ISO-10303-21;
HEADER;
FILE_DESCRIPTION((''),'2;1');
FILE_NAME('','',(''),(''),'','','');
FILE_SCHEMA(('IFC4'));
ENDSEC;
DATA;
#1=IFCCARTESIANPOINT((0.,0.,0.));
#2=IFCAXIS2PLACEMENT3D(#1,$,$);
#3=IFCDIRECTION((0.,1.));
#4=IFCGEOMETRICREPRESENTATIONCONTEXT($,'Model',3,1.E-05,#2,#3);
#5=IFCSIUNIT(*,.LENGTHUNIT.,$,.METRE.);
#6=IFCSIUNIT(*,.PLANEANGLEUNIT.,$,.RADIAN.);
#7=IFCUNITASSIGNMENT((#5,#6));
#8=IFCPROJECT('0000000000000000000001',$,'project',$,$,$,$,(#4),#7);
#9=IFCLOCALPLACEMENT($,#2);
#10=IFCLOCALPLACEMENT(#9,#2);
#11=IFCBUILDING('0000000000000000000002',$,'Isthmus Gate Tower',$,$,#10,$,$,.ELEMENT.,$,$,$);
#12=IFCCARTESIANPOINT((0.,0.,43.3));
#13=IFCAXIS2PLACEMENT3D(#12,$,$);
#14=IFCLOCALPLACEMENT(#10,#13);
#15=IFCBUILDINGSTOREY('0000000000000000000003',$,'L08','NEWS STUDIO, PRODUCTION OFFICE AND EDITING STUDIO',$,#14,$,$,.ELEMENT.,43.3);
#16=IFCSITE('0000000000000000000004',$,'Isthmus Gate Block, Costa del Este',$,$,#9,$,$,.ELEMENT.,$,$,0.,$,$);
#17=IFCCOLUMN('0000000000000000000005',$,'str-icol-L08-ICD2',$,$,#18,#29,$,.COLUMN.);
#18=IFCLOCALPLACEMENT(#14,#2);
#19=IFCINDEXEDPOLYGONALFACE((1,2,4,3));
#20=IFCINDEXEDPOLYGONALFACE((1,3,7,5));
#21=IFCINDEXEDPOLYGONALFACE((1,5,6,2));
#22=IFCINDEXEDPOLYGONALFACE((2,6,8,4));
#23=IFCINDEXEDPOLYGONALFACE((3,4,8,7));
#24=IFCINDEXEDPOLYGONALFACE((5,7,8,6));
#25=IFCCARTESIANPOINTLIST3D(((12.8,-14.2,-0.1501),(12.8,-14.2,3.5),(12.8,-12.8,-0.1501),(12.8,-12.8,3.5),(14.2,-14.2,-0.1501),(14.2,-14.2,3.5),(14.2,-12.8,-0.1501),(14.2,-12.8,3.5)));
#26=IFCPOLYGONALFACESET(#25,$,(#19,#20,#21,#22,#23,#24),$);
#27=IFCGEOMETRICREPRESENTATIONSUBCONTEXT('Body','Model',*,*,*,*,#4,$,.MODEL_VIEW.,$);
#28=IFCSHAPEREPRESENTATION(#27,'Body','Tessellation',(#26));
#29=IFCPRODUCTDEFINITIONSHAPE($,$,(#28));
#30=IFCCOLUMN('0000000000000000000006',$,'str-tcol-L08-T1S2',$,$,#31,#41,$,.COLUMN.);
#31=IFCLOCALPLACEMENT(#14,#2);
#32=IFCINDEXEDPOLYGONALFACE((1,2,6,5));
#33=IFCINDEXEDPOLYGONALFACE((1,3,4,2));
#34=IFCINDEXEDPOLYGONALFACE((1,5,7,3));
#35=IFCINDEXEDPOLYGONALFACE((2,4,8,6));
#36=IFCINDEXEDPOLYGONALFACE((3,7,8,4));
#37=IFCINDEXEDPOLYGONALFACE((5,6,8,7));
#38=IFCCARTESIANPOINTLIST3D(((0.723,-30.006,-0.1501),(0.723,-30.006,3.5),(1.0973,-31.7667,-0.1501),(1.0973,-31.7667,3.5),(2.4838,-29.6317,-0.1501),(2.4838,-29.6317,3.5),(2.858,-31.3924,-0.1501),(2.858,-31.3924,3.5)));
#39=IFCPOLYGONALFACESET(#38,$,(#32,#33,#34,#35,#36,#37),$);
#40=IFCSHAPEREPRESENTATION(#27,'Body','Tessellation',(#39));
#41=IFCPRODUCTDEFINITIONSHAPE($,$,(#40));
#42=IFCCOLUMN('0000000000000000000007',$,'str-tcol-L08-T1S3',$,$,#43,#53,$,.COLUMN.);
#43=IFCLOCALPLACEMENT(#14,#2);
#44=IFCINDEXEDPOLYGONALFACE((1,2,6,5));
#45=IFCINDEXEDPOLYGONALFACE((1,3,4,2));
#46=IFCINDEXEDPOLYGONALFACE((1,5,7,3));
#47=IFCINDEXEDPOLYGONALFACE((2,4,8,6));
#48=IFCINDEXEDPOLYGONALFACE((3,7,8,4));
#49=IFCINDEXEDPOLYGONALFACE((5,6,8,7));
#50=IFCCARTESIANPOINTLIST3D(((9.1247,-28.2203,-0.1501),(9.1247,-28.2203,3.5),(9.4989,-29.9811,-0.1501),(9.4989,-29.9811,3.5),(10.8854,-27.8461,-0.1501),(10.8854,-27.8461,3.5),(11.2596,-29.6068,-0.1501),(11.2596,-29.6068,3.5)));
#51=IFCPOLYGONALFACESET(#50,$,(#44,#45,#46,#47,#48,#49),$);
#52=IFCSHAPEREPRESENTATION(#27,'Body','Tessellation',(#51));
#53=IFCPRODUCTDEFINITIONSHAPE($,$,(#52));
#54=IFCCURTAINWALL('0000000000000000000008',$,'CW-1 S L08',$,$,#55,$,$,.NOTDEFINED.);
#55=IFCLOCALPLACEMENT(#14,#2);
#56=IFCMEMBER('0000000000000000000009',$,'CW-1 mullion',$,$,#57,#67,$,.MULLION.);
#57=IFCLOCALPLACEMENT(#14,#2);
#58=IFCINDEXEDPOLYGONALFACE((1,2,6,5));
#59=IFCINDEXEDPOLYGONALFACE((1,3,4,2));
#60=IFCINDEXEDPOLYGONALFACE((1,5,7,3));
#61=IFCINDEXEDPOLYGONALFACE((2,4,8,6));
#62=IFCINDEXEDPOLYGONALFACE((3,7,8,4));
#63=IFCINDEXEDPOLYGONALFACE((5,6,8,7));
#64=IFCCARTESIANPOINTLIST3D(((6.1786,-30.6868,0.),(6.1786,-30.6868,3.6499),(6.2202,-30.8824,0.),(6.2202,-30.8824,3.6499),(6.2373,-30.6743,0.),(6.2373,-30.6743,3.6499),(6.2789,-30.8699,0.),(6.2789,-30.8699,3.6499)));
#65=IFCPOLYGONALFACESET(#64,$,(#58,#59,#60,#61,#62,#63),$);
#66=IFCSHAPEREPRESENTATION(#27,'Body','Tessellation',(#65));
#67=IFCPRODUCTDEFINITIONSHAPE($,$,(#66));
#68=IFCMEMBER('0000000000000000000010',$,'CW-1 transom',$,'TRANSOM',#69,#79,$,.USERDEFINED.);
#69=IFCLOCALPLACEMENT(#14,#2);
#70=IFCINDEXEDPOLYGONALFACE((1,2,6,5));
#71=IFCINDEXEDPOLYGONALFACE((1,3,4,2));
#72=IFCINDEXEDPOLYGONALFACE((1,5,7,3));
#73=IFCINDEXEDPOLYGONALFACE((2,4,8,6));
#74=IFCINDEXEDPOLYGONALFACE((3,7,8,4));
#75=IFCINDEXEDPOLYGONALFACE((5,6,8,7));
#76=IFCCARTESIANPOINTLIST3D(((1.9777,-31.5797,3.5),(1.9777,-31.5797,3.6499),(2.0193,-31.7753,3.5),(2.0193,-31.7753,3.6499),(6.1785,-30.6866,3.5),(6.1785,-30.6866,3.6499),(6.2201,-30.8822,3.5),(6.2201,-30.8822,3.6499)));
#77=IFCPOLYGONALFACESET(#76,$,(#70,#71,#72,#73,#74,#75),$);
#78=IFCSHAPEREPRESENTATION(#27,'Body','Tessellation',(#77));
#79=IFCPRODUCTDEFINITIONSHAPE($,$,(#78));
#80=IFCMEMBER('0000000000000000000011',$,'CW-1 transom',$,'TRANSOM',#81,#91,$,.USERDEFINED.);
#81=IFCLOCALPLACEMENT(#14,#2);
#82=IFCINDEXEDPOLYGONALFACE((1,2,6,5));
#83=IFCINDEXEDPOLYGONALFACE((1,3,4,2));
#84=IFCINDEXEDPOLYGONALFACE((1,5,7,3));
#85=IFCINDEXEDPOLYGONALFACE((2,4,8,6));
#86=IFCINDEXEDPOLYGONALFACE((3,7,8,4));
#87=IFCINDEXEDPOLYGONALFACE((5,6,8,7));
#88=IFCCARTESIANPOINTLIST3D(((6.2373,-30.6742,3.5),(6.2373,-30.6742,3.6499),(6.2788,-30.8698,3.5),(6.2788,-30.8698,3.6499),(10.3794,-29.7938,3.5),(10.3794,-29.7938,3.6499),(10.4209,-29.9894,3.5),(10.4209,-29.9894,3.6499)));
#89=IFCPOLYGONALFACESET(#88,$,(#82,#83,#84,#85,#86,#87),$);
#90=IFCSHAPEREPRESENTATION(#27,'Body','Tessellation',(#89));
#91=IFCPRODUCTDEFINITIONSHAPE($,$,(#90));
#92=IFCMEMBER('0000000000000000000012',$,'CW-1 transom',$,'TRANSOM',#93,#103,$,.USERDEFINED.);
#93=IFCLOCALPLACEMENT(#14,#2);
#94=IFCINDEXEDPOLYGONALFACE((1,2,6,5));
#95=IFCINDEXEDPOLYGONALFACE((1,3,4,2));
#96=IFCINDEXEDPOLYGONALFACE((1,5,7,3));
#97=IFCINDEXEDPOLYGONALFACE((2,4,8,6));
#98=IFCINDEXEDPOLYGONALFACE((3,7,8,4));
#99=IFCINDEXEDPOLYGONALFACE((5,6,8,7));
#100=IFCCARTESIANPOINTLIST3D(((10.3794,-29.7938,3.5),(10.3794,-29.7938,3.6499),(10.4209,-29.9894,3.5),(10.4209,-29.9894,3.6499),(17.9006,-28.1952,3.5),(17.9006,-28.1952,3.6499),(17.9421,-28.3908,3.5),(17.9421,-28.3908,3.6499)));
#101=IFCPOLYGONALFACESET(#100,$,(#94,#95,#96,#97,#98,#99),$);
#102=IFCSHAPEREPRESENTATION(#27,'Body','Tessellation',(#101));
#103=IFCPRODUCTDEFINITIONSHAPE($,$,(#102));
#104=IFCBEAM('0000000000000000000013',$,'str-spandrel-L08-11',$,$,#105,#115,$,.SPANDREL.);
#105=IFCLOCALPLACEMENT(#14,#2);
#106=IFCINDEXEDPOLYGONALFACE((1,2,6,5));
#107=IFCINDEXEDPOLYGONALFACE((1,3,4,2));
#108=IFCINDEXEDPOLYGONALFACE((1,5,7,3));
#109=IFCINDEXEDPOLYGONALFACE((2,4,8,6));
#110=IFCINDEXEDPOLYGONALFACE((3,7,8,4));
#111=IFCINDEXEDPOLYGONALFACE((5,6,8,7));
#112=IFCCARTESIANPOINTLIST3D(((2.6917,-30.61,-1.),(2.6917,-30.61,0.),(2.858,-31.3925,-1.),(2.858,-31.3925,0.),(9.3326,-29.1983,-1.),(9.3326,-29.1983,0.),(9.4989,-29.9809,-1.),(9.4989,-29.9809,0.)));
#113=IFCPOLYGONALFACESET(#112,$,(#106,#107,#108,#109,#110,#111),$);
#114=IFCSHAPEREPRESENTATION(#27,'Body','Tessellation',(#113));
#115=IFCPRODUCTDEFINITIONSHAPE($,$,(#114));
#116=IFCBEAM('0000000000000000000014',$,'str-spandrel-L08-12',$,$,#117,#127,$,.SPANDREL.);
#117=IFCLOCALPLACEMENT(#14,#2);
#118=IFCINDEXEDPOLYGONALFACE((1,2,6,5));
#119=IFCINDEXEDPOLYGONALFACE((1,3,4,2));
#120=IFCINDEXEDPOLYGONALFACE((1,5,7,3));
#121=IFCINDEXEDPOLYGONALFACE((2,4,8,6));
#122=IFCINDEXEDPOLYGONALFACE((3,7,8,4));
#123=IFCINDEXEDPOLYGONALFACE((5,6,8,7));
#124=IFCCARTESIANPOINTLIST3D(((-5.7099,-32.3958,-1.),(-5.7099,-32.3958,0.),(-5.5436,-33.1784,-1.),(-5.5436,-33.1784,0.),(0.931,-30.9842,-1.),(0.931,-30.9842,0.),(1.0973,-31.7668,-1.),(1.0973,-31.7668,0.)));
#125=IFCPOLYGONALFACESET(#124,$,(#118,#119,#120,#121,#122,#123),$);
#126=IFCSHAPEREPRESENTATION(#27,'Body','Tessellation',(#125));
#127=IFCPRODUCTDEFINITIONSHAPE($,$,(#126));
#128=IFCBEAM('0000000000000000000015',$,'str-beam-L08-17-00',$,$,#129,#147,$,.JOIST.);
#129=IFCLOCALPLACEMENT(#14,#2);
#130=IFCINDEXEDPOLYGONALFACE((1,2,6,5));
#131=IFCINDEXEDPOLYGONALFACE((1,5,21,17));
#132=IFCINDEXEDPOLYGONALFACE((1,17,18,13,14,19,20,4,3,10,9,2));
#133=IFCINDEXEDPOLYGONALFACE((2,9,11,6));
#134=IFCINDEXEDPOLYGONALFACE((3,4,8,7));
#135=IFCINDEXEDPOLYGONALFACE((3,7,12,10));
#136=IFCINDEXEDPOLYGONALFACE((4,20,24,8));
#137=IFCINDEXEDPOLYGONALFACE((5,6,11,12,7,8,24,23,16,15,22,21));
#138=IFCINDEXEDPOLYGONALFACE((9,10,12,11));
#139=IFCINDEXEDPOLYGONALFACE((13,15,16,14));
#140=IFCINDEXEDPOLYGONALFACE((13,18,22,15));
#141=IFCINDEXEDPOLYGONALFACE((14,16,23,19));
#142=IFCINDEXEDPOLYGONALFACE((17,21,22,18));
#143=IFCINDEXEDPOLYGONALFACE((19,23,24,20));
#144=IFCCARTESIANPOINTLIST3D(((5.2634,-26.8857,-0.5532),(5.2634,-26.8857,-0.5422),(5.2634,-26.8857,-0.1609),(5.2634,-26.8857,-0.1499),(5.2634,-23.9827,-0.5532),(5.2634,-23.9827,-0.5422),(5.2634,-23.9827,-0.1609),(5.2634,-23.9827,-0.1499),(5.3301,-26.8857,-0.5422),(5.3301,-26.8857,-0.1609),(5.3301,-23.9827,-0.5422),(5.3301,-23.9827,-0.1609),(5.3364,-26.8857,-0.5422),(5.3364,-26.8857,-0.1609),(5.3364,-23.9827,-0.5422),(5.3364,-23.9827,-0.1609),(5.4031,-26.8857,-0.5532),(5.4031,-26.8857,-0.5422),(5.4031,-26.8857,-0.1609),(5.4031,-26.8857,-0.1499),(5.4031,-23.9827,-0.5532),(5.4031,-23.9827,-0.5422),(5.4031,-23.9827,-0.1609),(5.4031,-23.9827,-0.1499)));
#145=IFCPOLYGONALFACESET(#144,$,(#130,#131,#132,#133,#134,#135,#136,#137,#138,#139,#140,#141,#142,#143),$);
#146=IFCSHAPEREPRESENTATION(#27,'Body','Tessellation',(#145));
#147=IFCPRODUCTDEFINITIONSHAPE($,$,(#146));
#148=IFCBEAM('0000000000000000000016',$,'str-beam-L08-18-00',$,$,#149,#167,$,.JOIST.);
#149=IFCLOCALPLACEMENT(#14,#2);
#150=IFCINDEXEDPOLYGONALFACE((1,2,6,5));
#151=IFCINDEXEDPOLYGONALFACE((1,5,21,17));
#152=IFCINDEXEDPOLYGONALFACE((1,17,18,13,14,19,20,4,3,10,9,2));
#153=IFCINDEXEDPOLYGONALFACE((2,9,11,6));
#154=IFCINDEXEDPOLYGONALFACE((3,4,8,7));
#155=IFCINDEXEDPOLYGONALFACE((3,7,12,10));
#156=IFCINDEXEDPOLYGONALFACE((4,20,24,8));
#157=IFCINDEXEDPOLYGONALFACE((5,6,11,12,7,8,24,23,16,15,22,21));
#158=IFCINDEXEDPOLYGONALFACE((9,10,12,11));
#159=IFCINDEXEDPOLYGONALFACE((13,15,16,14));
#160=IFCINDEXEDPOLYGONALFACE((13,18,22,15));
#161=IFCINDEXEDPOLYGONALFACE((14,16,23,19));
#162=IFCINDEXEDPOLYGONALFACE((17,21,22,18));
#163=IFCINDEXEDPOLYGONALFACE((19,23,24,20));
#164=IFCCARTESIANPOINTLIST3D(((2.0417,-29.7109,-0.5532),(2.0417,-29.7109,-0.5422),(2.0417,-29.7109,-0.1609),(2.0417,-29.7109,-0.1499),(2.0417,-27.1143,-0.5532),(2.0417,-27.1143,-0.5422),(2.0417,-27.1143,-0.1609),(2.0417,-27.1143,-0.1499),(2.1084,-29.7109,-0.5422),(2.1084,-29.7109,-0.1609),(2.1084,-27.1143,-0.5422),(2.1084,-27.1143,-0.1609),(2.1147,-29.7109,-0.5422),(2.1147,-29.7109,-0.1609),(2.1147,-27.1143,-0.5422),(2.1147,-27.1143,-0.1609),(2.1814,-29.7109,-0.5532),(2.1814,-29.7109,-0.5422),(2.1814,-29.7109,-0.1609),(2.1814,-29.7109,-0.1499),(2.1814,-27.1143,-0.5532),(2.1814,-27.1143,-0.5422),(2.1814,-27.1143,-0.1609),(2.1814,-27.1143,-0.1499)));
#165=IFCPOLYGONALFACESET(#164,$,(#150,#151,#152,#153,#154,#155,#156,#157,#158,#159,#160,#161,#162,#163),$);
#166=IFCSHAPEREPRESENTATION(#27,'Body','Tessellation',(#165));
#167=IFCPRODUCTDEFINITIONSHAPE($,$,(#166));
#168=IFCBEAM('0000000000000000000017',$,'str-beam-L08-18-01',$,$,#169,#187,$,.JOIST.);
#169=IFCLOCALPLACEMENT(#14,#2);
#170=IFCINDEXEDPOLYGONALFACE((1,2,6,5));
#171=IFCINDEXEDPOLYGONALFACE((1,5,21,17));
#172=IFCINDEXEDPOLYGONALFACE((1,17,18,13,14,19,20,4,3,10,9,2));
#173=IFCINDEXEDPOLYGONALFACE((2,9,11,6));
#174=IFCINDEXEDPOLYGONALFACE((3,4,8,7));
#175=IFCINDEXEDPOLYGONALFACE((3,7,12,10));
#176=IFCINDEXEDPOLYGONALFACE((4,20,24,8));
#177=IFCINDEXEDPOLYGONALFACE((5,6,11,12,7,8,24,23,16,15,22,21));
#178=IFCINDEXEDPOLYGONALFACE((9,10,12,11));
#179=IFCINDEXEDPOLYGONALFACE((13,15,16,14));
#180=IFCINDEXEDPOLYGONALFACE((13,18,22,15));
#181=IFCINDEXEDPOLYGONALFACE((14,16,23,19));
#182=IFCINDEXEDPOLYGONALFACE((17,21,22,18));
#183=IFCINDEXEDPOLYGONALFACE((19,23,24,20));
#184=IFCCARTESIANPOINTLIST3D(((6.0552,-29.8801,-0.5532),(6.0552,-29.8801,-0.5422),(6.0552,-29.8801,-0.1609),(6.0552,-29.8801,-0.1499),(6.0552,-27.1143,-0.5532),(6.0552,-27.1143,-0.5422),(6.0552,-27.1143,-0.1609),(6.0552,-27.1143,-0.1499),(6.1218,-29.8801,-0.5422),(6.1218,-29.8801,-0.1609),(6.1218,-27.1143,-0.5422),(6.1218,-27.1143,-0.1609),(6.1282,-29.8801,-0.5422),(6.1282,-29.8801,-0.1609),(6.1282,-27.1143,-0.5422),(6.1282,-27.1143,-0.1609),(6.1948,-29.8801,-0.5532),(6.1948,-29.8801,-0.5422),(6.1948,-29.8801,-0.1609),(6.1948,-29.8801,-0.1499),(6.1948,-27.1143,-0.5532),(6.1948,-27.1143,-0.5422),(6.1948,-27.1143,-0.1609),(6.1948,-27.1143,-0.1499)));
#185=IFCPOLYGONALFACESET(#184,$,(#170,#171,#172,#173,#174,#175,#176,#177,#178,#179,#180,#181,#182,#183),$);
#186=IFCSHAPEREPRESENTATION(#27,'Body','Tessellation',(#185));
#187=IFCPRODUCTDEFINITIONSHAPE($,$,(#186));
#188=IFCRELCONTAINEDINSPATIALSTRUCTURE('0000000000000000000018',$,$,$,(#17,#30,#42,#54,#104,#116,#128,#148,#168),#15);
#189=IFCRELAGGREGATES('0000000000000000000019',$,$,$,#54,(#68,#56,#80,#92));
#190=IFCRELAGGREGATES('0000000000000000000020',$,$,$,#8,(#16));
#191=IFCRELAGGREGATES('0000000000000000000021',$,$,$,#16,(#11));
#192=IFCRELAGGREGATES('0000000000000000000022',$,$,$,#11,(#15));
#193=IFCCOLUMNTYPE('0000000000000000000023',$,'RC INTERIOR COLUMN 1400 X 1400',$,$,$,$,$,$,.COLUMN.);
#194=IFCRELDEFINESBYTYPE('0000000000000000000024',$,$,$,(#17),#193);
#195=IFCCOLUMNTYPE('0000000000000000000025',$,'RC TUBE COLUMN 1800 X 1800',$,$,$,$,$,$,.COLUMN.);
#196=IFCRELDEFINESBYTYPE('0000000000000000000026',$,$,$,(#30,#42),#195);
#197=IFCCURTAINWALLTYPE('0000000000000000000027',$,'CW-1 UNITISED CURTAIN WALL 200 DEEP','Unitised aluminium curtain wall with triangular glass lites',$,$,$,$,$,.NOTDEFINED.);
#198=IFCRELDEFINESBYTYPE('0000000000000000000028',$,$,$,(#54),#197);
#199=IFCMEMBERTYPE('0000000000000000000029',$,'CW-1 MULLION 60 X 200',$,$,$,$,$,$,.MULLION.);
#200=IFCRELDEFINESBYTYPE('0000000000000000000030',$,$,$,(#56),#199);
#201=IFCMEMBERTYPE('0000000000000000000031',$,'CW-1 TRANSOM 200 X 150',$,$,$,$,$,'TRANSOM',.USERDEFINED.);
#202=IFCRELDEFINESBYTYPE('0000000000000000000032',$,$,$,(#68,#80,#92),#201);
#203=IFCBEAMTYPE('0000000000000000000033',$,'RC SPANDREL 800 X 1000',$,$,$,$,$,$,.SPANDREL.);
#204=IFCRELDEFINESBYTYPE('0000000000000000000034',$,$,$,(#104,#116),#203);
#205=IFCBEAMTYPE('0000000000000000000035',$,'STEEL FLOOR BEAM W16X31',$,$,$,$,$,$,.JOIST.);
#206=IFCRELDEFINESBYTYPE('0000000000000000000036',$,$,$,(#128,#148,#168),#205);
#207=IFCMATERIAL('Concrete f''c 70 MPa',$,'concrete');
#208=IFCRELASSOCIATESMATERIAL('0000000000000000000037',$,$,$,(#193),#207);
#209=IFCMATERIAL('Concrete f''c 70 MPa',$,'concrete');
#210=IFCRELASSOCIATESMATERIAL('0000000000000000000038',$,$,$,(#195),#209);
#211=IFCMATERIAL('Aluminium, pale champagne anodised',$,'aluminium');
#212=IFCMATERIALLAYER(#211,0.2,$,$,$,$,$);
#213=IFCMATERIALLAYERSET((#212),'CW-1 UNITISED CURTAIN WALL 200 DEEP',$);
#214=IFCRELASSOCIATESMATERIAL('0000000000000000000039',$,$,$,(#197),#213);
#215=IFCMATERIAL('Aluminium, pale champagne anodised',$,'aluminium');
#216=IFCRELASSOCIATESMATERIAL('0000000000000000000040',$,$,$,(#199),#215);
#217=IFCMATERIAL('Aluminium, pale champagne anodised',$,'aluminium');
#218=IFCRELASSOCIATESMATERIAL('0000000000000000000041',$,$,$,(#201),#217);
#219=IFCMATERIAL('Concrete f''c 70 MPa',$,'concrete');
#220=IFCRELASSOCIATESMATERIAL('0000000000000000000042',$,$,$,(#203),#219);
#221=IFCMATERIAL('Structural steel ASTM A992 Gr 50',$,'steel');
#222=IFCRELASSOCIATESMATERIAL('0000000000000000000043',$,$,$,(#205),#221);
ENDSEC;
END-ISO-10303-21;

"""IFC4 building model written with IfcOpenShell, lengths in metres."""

from ifc_helpers import new_model, si_unit, direction, frame, origin, origin_2d, place, context, subcontext, project, spatial, rectangle, i_section, extrude, material, layer, layer_set, material_profile, profile_set, type_object, element, aggregate, save


model = new_model("IFC4")

# Units and contexts
model_context = context("Model", 3, precision=1e-05, world=origin(), true_north=direction((0.0, 1.0)))
body_context = subcontext(model_context, "Body", "Model", "MODEL_VIEW")
ifc_project = project(units=[si_unit("LENGTHUNIT", "METRE"), si_unit("PLANEANGLEUNIT", "RADIAN")], contexts=[model_context])

# Site, building, storey
site_placement = place(None, origin())
site = spatial("IfcSite", under=ifc_project, at=site_placement, Name="Isthmus Gate Block, Costa del Este", CompositionType="ELEMENT", RefElevation=0.0)
building_placement = place(site_placement, origin())
building = spatial("IfcBuilding", under=site, at=building_placement, Name="Isthmus Gate Tower", CompositionType="ELEMENT")
storey_placement = place(building_placement, frame((0.0, 0.0, 43.3)))
storey = spatial("IfcBuildingStorey", under=building, at=storey_placement, Name="L08", Description="NEWS STUDIO, PRODUCTION OFFICE AND EDITING STUDIO", CompositionType="ELEMENT", Elevation=43.3)

# Columns
ifc_material_1 = material(Name="Concrete f'c 70 MPa", Category="concrete")
ifc_material_profile_1 = material_profile(ifc_material_1, rectangle(XDim=1.3999, YDim=1.3999, at=origin_2d()), Name="RC 1400X1400")
ifc_profile_set_1 = profile_set([ifc_material_profile_1], Name="Concrete f'c 70 MPa")
column_type_1 = type_object("IfcColumnType", Name="RC INTERIOR COLUMN 1400 X 1400", PredefinedType="COLUMN", material=ifc_profile_set_1)
column_placement = place(storey_placement, frame((13.5, -13.5, -0.1501), z_axis=(0.0, 0.0, 1.0), x_axis=(1.0, 0.0, 0.0)))
element("IfcColumn", 1, at=column_placement, inside=storey, type_object=column_type_1, Name="str-icol-L08-ICD2", PredefinedType="COLUMN", context=body_context, shape_type="SweptSolid", body=[
    extrude(rectangle(XDim=1.3999, YDim=1.3999, at=origin_2d()), origin(), (0.0, 0.0, 1.0), 3.6501),
])
ifc_material_2 = material(Name="Concrete f'c 70 MPa", Category="concrete")
ifc_material_profile_2 = material_profile(ifc_material_2, rectangle(XDim=1.8, YDim=1.8, at=origin_2d()), Name="RC 1800X1800")
ifc_profile_set_2 = profile_set([ifc_material_profile_2], Name="Concrete f'c 70 MPa")
column_type_2 = type_object("IfcColumnType", Name="RC TUBE COLUMN 1800 X 1800", PredefinedType="COLUMN", material=ifc_profile_set_2)
for number, where, z_axis, x_axis, name in (
    (2, (1.7905, -30.6992, -0.1501), (0.0, 0.0, 1.0), (0.978148, 0.207912, 0.0), "str-tcol-L08-T1S2"),
    (3, (10.1921, -28.9136, -0.1501), (0.0, 0.0, 1.0), (0.978148, 0.207912, 0.0), "str-tcol-L08-T1S3"),
):
    element("IfcColumn", number, at=place(storey_placement, frame(where, z_axis=z_axis, x_axis=x_axis)), inside=storey, type_object=column_type_2, Name=name, PredefinedType="COLUMN", context=body_context, shape_type="SweptSolid", body=[
        extrude(rectangle(XDim=1.8, YDim=1.8, at=origin_2d()), origin(), (0.0, 0.0, 1.0), 3.6501),
    ])

# Curtain wall, members
ifc_material_3 = material(Name="Aluminium, pale champagne anodised", Category="aluminium")
ifc_layer_1 = layer(ifc_material_3, 0.2)
ifc_layer_set_1 = layer_set([ifc_layer_1], Name="CW-1 UNITISED CURTAIN WALL 200 DEEP")
curtain_wall_type = type_object("IfcCurtainWallType", Name="CW-1 UNITISED CURTAIN WALL 200 DEEP", Description="Unitised aluminium curtain wall with triangular glass lites", PredefinedType="NOTDEFINED", material=ifc_layer_set_1)
curtain_wall_placement = place(storey_placement, origin())
curtain_wall = element("IfcCurtainWall", 4, at=curtain_wall_placement, inside=storey, type_object=curtain_wall_type, Name="CW-1 S L08", PredefinedType="NOTDEFINED")
ifc_material_4 = material(Name="Aluminium, pale champagne anodised", Category="aluminium")
ifc_material_profile_3 = material_profile(ifc_material_4, rectangle(XDim=0.0601, YDim=0.2, at=origin_2d()), Name="60x200")
ifc_profile_set_3 = profile_set([ifc_material_profile_3], Name="Aluminium, pale champagne anodised")
member_type_1 = type_object("IfcMemberType", Name="CW-1 MULLION 60 X 200", PredefinedType="MULLION", material=ifc_profile_set_3)
member_1_placement = place(storey_placement, frame((6.2288, -30.7783, 0.0), z_axis=(0.0, 0.0, 1.0), x_axis=(0.978148, 0.207912, 0.0)))
member_1 = element("IfcMember", 5, at=member_1_placement, type_object=member_type_1, Name="CW-1 mullion", PredefinedType="MULLION", context=body_context, shape_type="SweptSolid", body=[
    extrude(rectangle(XDim=0.0601, YDim=0.2, at=origin_2d()), origin(), (0.0, 0.0, 1.0), 3.6499),
])
ifc_material_5 = material(Name="Aluminium, pale champagne anodised", Category="aluminium")
ifc_material_profile_4 = material_profile(ifc_material_5, rectangle(XDim=0.2, YDim=0.1499, at=origin_2d()), Name="200x150")
ifc_profile_set_4 = profile_set([ifc_material_profile_4], Name="Aluminium, pale champagne anodised")
member_type_2 = type_object("IfcMemberType", Name="CW-1 TRANSOM 200 X 150", ElementType="TRANSOM", PredefinedType="USERDEFINED", material=ifc_profile_set_4)
member_2_placement = place(storey_placement, frame((1.9985, -31.6775, 3.575), z_axis=(0.978139, 0.207953, 0.0), x_axis=(-0.207953, 0.978139, 0.0)))
member_2 = element("IfcMember", 6, at=member_2_placement, type_object=member_type_2, Name="CW-1 transom", ObjectType="TRANSOM", PredefinedType="USERDEFINED", context=body_context, shape_type="SweptSolid", body=[
    extrude(rectangle(XDim=0.2, YDim=0.1499, at=origin_2d()), origin(), (0.0, 0.0, 1.0), 4.2947),
])
member_3_placement = place(storey_placement, frame((6.2581, -30.772, 3.575), z_axis=(0.97815, 0.207899, 0.0), x_axis=(-0.207899, 0.97815, 0.0)))
member_3 = element("IfcMember", 7, at=member_3_placement, type_object=member_type_2, Name="CW-1 transom", ObjectType="TRANSOM", PredefinedType="USERDEFINED", context=body_context, shape_type="SweptSolid", body=[
    extrude(rectangle(XDim=0.2, YDim=0.1499, at=origin_2d()), origin(), (0.0, 0.0, 1.0), 4.2346),
])
member_4_placement = place(storey_placement, frame((10.4001, -29.8916, 3.575), z_axis=(0.978149, 0.207905, 0.0), x_axis=(-0.207905, 0.978149, 0.0)))
member_4 = element("IfcMember", 8, at=member_4_placement, type_object=member_type_2, Name="CW-1 transom", ObjectType="TRANSOM", PredefinedType="USERDEFINED", context=body_context, shape_type="SweptSolid", body=[
    extrude(rectangle(XDim=0.2, YDim=0.1499, at=origin_2d()), origin(), (0.0, 0.0, 1.0), 7.6892),
])

# Beams
ifc_material_6 = material(Name="Concrete f'c 70 MPa", Category="concrete")
ifc_material_profile_5 = material_profile(ifc_material_6, rectangle(XDim=0.8, YDim=1.0, at=origin_2d()), Name="RC 800X1000")
ifc_profile_set_5 = profile_set([ifc_material_profile_5], Name="Concrete f'c 70 MPa")
beam_type_1 = type_object("IfcBeamType", Name="RC SPANDREL 800 X 1000", PredefinedType="SPANDREL", material=ifc_profile_set_5)
for number, where, z_axis, x_axis, name in (
    (9, (9.4158, -29.5896, -0.5), (-0.978146, -0.20792, 0.0), (0.20792, -0.978146, 0.0), "str-spandrel-L08-11"),
    (10, (1.0142, -31.3755, -0.5), (-0.978146, -0.20792, 0.0), (0.20792, -0.978146, 0.0), "str-spandrel-L08-12"),
):
    element("IfcBeam", number, at=place(storey_placement, frame(where, z_axis=z_axis, x_axis=x_axis)), inside=storey, type_object=beam_type_1, Name=name, PredefinedType="SPANDREL", context=body_context, shape_type="SweptSolid", body=[
        extrude(rectangle(XDim=0.8, YDim=1.0, at=origin_2d()), origin(), (0.0, 0.0, 1.0), 6.7893),
    ])
ifc_material_7 = material(Name="Structural steel ASTM A992 Gr 50", Category="steel")
ifc_material_profile_6 = material_profile(ifc_material_7, i_section(OverallWidth=0.1396, OverallDepth=0.4033, WebThickness=0.0063, FlangeThickness=0.011, at=origin_2d()), Name="W16X31")
ifc_profile_set_6 = profile_set([ifc_material_profile_6], Name="Structural steel ASTM A992 Gr 50")
beam_type_2 = type_object("IfcBeamType", Name="STEEL FLOOR BEAM W16X31", PredefinedType="JOIST", material=ifc_profile_set_6)
beam_1_placement = place(storey_placement, frame((5.3333, -26.8857, -0.3516), z_axis=(0.0, 1.0, 0.0), x_axis=(-1.0, 0.0, 0.0)))
element("IfcBeam", 11, at=beam_1_placement, inside=storey, type_object=beam_type_2, Name="str-beam-L08-17-00", PredefinedType="JOIST", context=body_context, shape_type="SweptSolid", body=[
    extrude(i_section(OverallWidth=0.1396, OverallDepth=0.4033, WebThickness=0.0063, FlangeThickness=0.011, at=origin_2d()), origin(), (0.0, 0.0, 1.0), 2.9031),
])
beam_2_placement = place(storey_placement, frame((2.1116, -29.7109, -0.3516), z_axis=(0.0, 1.0, 0.0), x_axis=(-1.0, 0.0, 0.0)))
element("IfcBeam", 12, at=beam_2_placement, inside=storey, type_object=beam_type_2, Name="str-beam-L08-18-00", PredefinedType="JOIST", context=body_context, shape_type="SweptSolid", body=[
    extrude(i_section(OverallWidth=0.1396, OverallDepth=0.4033, WebThickness=0.0063, FlangeThickness=0.011, at=origin_2d()), origin(), (0.0, 0.0, 1.0), 2.5967),
])
beam_3_placement = place(storey_placement, frame((6.125, -29.8801, -0.3516), z_axis=(0.0, 1.0, 0.0), x_axis=(-1.0, 0.0, 0.0)))
element("IfcBeam", 13, at=beam_3_placement, inside=storey, type_object=beam_type_2, Name="str-beam-L08-18-01", PredefinedType="JOIST", context=body_context, shape_type="SweptSolid", body=[
    extrude(i_section(OverallWidth=0.1396, OverallDepth=0.4033, WebThickness=0.0063, FlangeThickness=0.011, at=origin_2d()), origin(), (0.0, 0.0, 1.0), 2.7659),
])

aggregate(curtain_wall, [member_2, member_1, member_3, member_4])

save(model, "model.ifc")
